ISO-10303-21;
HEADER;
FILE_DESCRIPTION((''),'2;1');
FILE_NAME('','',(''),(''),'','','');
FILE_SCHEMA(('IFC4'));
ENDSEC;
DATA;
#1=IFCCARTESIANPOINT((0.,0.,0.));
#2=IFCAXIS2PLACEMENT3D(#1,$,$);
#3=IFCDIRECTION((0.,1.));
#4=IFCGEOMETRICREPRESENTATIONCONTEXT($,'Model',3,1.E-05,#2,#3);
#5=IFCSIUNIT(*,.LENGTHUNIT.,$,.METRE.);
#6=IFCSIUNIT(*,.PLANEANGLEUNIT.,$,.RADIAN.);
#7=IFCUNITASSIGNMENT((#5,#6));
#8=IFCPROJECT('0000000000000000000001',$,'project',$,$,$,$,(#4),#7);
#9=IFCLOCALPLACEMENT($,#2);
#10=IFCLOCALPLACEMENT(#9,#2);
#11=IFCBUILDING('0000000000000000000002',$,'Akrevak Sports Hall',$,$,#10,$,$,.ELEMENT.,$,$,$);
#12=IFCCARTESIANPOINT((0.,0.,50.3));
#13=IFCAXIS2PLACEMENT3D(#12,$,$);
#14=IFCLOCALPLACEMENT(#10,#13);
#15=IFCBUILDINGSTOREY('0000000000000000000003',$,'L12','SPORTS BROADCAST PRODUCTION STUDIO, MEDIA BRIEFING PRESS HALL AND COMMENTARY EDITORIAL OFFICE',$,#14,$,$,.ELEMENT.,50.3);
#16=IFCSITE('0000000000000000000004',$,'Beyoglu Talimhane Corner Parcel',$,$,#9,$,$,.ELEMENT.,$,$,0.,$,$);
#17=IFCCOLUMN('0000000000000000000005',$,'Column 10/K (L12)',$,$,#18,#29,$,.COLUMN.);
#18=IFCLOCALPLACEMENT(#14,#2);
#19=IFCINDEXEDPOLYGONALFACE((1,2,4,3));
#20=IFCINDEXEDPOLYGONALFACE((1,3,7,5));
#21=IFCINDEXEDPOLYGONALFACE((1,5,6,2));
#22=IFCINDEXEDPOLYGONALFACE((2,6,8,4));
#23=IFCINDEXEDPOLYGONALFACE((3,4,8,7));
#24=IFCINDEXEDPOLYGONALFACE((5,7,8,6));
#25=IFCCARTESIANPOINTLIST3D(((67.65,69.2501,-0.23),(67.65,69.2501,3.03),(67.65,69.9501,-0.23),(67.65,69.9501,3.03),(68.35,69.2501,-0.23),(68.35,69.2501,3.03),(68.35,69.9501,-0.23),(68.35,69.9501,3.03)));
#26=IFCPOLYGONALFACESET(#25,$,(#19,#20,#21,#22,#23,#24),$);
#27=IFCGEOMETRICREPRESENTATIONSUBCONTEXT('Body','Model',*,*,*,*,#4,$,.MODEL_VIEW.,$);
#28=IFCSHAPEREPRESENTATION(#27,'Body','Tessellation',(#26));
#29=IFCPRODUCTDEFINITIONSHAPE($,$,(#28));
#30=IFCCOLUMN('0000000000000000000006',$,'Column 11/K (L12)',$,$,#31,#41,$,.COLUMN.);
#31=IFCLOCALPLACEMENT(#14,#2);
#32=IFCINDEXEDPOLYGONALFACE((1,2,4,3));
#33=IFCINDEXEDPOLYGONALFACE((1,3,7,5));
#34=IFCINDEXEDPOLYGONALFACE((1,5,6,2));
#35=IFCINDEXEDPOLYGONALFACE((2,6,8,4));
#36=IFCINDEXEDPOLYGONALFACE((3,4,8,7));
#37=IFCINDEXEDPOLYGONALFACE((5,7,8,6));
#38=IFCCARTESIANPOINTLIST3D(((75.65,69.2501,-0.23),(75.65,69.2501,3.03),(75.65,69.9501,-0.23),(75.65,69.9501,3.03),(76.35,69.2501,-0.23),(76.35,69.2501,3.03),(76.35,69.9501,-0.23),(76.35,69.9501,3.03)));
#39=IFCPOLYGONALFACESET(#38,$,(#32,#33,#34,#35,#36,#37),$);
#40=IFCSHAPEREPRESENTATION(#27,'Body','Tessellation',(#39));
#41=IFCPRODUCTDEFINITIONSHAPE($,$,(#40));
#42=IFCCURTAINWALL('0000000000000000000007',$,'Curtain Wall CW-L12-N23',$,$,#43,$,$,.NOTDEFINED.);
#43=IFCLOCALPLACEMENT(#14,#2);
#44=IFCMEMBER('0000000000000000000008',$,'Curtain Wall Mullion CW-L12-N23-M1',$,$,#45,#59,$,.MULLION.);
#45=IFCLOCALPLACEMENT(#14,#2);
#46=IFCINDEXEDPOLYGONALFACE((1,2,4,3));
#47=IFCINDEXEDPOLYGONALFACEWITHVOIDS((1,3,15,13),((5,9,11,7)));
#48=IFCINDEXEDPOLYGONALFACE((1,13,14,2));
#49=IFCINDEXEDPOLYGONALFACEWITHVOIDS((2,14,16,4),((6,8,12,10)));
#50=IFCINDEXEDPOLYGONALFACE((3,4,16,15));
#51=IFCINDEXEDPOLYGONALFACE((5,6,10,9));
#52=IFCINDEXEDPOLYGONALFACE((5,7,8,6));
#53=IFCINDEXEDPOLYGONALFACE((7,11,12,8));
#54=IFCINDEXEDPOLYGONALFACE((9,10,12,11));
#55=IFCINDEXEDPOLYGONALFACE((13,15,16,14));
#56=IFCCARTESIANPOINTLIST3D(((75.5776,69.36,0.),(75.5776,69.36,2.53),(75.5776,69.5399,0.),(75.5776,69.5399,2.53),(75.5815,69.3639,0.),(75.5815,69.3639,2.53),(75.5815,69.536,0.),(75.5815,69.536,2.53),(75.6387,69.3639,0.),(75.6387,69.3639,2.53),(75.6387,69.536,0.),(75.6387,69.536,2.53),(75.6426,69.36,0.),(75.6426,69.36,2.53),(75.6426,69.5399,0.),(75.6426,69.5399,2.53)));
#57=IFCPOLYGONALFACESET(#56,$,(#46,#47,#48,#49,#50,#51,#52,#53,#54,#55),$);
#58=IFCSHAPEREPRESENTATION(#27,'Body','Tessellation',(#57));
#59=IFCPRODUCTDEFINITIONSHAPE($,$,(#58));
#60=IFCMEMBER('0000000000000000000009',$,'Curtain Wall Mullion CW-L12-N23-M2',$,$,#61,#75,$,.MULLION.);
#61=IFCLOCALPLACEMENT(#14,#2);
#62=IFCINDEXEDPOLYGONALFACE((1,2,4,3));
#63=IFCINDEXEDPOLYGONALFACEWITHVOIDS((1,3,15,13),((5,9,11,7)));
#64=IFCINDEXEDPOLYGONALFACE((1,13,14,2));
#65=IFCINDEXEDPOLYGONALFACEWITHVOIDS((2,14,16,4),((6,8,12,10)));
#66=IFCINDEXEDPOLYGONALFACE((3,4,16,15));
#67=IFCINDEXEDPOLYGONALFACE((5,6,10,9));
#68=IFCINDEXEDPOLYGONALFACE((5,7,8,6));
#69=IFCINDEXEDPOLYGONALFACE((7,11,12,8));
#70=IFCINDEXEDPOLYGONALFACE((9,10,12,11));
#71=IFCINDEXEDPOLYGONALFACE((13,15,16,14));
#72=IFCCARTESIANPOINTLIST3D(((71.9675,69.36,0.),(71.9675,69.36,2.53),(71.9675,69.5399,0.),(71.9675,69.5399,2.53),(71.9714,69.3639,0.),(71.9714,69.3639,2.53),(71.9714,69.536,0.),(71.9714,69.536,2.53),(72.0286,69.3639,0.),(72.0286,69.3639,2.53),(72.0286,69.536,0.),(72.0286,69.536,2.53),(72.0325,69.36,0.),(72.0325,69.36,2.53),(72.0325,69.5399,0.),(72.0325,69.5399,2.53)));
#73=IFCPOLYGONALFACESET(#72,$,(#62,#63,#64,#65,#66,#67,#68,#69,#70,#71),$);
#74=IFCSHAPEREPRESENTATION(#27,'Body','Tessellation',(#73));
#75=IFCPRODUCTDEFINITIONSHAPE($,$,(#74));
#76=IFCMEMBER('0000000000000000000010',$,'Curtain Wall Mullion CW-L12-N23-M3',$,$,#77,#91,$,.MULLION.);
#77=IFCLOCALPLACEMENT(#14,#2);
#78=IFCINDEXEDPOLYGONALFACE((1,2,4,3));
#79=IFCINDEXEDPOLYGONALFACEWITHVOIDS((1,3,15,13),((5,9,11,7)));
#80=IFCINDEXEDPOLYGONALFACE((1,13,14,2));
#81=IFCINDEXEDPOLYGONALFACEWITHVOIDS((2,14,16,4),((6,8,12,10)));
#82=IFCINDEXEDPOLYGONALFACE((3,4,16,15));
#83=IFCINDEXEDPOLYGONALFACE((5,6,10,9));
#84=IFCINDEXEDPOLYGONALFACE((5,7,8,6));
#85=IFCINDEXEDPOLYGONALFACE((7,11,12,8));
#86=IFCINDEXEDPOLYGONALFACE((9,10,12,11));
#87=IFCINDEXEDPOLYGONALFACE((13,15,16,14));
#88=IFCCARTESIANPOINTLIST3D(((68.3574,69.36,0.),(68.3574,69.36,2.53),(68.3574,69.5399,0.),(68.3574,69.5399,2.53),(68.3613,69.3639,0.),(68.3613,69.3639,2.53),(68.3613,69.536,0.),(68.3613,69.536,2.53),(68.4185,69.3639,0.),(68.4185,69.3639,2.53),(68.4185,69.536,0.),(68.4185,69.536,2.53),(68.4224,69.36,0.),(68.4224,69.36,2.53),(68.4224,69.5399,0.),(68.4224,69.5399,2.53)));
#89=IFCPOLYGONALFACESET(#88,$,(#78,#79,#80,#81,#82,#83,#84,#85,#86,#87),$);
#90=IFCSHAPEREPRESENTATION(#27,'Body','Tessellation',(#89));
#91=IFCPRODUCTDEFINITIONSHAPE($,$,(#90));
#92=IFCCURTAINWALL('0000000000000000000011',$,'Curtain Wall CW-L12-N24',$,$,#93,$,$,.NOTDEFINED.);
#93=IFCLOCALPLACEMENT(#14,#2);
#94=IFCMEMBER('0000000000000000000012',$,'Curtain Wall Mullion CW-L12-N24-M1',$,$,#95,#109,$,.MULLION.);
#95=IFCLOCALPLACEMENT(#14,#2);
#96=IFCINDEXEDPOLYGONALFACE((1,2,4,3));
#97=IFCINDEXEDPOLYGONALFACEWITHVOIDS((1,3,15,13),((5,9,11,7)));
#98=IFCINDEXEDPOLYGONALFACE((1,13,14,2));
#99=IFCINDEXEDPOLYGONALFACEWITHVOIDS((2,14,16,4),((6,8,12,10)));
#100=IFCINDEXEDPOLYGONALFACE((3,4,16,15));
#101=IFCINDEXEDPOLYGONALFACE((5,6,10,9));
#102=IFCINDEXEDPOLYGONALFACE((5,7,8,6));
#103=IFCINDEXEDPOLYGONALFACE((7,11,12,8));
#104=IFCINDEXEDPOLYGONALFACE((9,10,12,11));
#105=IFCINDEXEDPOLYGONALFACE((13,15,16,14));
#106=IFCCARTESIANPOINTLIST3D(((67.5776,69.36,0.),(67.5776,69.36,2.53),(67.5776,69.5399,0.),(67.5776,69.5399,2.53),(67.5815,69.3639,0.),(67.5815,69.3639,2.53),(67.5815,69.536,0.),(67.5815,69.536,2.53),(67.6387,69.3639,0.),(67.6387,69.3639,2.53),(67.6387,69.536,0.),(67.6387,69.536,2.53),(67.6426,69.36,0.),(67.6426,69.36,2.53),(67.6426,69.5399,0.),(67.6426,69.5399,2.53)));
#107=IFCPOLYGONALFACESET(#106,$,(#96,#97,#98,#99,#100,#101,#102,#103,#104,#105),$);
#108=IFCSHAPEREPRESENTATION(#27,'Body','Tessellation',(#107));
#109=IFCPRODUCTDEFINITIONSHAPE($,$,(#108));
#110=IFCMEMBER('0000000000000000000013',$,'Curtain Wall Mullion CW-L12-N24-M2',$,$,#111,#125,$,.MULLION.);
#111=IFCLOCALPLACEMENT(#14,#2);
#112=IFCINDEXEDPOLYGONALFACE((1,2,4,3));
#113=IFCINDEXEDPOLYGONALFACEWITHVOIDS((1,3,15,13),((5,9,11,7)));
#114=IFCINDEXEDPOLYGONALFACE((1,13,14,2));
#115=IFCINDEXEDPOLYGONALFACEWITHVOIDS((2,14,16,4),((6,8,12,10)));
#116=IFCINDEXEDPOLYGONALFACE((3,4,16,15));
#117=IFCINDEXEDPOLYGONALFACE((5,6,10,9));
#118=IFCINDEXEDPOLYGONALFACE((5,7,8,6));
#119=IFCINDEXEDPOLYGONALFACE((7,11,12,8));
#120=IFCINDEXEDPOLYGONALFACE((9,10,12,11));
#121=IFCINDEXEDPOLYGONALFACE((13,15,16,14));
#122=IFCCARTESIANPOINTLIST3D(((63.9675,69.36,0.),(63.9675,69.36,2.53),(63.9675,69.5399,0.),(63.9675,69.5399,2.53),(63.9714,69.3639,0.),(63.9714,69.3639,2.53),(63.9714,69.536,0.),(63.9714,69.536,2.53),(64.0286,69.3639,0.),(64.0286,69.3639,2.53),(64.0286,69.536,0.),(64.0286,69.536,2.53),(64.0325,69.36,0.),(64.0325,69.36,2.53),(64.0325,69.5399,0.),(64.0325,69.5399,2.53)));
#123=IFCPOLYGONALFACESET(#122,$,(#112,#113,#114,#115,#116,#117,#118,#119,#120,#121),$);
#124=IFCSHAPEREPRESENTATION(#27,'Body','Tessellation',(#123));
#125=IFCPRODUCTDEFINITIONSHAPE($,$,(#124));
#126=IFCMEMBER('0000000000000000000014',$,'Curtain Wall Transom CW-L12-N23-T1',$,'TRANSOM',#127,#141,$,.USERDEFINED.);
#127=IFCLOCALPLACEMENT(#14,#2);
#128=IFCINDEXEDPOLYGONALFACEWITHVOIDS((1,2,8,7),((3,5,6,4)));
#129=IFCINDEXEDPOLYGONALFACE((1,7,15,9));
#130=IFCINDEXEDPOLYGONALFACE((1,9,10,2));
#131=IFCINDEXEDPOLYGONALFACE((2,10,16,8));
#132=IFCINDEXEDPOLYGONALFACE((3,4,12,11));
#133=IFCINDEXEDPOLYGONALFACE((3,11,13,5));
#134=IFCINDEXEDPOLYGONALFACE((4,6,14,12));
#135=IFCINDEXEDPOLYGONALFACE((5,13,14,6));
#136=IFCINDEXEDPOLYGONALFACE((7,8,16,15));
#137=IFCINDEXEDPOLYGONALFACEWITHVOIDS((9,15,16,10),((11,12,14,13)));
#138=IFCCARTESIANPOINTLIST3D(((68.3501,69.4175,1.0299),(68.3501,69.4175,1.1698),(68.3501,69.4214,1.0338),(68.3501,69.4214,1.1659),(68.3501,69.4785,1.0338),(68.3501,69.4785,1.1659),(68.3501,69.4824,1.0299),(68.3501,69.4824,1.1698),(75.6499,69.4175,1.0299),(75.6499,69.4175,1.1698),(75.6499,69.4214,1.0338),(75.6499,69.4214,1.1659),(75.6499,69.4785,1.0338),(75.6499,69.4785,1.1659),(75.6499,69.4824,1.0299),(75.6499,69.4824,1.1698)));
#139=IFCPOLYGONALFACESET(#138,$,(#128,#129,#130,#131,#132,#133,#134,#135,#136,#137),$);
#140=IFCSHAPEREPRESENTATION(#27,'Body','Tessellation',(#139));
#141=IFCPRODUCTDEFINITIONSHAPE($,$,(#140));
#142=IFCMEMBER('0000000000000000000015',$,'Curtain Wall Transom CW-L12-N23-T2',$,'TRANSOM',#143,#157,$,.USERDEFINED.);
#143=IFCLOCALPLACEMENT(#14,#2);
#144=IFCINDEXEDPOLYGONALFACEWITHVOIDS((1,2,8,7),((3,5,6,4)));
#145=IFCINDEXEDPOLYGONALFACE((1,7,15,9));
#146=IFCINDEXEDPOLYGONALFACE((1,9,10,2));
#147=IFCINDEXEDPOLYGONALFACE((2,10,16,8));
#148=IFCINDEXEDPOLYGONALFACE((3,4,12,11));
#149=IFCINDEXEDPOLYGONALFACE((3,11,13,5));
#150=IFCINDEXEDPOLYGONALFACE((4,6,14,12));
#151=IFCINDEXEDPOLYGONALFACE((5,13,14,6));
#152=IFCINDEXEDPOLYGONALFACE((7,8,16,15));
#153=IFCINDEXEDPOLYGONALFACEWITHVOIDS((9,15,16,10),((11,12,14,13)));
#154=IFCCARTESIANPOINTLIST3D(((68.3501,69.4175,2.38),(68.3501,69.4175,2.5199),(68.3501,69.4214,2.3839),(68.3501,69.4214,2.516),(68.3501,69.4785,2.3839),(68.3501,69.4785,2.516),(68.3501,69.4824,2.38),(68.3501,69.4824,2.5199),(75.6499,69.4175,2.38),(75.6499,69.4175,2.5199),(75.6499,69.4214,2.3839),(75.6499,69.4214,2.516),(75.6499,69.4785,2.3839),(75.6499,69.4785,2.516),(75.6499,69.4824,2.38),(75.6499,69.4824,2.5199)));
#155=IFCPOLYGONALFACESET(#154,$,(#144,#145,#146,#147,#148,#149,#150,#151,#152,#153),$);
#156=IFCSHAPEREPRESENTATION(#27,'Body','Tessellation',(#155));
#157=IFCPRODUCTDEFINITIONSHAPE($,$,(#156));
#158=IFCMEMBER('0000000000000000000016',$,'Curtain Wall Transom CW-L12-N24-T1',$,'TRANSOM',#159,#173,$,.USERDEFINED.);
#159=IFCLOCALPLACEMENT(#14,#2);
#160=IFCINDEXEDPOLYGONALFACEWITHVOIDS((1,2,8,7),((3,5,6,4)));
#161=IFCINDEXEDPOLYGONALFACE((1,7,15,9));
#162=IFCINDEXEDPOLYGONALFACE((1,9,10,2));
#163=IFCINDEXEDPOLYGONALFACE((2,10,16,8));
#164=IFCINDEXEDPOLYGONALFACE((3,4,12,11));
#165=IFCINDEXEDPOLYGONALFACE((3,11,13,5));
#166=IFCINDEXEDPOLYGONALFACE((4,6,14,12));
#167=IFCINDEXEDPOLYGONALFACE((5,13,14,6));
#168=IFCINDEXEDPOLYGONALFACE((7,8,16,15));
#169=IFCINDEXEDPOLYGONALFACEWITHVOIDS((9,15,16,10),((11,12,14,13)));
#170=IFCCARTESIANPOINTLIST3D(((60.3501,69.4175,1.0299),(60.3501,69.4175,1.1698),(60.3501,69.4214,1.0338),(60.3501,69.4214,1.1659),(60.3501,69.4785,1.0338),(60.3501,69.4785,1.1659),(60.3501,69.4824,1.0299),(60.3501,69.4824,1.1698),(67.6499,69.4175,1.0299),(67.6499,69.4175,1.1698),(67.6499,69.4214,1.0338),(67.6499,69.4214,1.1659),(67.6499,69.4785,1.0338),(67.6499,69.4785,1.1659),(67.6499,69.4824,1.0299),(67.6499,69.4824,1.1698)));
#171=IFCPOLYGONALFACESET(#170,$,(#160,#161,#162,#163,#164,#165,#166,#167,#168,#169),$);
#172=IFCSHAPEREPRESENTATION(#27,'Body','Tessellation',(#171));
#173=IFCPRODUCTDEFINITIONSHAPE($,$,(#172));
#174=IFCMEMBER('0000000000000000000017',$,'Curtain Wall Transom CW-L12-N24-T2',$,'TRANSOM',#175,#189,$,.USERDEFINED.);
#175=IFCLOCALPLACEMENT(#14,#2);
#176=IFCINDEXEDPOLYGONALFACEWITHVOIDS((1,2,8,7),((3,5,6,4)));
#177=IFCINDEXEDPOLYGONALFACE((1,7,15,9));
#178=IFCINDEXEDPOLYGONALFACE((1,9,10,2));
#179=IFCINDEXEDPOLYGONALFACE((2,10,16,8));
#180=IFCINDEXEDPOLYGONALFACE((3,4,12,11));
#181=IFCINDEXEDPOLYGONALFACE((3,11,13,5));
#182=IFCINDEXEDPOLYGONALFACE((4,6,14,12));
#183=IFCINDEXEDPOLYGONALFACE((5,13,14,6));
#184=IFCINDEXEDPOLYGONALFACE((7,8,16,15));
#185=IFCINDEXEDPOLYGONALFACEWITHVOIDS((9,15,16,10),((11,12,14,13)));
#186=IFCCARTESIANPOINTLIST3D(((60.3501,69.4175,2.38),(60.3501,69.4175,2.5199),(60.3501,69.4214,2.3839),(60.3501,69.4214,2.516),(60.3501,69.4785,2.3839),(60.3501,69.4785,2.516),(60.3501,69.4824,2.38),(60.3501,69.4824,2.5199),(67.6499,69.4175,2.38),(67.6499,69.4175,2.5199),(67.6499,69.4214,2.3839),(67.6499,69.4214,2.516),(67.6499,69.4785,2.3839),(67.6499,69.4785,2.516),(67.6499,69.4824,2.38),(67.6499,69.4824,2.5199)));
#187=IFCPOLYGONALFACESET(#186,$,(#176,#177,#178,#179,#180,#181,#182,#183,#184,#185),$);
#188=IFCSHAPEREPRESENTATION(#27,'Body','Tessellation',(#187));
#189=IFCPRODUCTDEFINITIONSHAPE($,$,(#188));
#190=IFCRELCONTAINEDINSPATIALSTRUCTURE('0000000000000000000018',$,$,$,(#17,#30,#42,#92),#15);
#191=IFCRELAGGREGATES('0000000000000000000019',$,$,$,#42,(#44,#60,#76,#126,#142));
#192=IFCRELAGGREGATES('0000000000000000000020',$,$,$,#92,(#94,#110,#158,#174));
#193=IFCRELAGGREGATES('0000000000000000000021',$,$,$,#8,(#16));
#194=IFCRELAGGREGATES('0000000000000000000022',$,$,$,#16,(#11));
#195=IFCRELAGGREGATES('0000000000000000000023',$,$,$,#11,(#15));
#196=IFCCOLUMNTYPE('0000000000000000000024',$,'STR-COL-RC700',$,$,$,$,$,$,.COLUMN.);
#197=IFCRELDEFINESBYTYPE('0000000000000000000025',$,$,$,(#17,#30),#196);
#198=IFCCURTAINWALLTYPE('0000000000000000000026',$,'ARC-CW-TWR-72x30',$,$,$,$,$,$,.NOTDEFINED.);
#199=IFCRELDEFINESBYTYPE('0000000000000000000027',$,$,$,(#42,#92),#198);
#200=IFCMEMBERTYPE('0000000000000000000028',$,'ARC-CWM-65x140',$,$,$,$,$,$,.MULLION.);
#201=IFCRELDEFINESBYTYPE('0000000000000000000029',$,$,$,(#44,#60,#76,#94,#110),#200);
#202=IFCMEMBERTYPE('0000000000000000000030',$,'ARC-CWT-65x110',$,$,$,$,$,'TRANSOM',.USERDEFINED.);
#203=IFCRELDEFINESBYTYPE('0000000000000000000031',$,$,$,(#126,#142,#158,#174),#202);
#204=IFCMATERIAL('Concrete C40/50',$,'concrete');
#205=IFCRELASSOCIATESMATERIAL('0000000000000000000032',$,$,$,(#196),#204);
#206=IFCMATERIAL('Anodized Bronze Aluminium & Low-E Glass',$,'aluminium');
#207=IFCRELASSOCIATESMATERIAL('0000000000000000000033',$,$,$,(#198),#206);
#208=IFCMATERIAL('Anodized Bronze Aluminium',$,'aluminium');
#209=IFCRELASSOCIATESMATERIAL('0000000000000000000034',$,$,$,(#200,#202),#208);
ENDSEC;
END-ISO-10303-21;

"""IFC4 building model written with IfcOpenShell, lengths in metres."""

from ifc_helpers import new_model, si_unit, direction, frame, origin, origin_2d, place, context, subcontext, project, spatial, rectangle, hollow_rectangle, extrude, material, material_profile, profile_set, type_object, element, aggregate, save


model = new_model("IFC4")

# Units and contexts
model_context = context("Model", 3, precision=1e-05, world=origin(), true_north=direction((0.0, 1.0)))
body_context = subcontext(model_context, "Body", "Model", "MODEL_VIEW")
ifc_project = project(units=[si_unit("LENGTHUNIT", "METRE"), si_unit("PLANEANGLEUNIT", "RADIAN")], contexts=[model_context])

# Site, building, storey
site_placement = place(None, origin())
site = spatial("IfcSite", under=ifc_project, at=site_placement, Name="Beyoglu Talimhane Corner Parcel", CompositionType="ELEMENT", RefElevation=0.0)
building_placement = place(site_placement, origin())
building = spatial("IfcBuilding", under=site, at=building_placement, Name="Akrevak Sports Hall", CompositionType="ELEMENT")
storey_placement = place(building_placement, frame((0.0, 0.0, 50.3)))
storey = spatial("IfcBuildingStorey", under=building, at=storey_placement, Name="L12", Description="SPORTS BROADCAST PRODUCTION STUDIO, MEDIA BRIEFING PRESS HALL AND COMMENTARY EDITORIAL OFFICE", CompositionType="ELEMENT", Elevation=50.3)

# Columns
ifc_material_1 = material(Name="Concrete C40/50", Category="concrete")
ifc_material_profile_1 = material_profile(ifc_material_1, rectangle(XDim=0.7, YDim=0.7, at=origin_2d()), Name="RC 700x700", Category="concrete")
ifc_profile_set_1 = profile_set([ifc_material_profile_1], Name="Concrete C40/50")
column_type = type_object("IfcColumnType", Name="STR-COL-RC700", PredefinedType="COLUMN", material=ifc_profile_set_1)
for number, where, z_axis, x_axis, name in (
    (1, (68.0, 69.6001, -0.23), (0.0, 0.0, 1.0), (1.0, 0.0, 0.0), "Column 10/K (L12)"),
    (2, (76.0, 69.6001, -0.23), (0.0, 0.0, 1.0), (1.0, 0.0, 0.0), "Column 11/K (L12)"),
):
    element("IfcColumn", number, at=place(storey_placement, frame(where, z_axis=z_axis, x_axis=x_axis)), inside=storey, type_object=column_type, Name=name, PredefinedType="COLUMN", context=body_context, shape_type="SweptSolid", body=[
        extrude(rectangle(XDim=0.7, YDim=0.7, at=origin_2d()), origin(), (0.0, 0.0, 1.0), 3.26),
    ])

# Curtain walls, members
ifc_material_2 = material(Name="Anodized Bronze Aluminium & Low-E Glass", Category="aluminium")
curtain_wall_type = type_object("IfcCurtainWallType", Name="ARC-CW-TWR-72x30", PredefinedType="NOTDEFINED", material=ifc_material_2)
curtain_wall_1_placement = place(storey_placement, origin())
curtain_wall_1 = element("IfcCurtainWall", 3, at=curtain_wall_1_placement, inside=storey, type_object=curtain_wall_type, Name="Curtain Wall CW-L12-N23", PredefinedType="NOTDEFINED")
ifc_material_3 = material(Name="Anodized Bronze Aluminium", Category="aluminium")
ifc_material_profile_2 = material_profile(ifc_material_3, hollow_rectangle(XDim=0.0649, YDim=0.1799, WallThickness=0.0039, at=origin_2d()), Name="CWM 65x180", Category="aluminium")
ifc_profile_set_2 = profile_set([ifc_material_profile_2], Name="Anodized Bronze Aluminium")
member_type_1 = type_object("IfcMemberType", Name="ARC-CWM-65x140", PredefinedType="MULLION", material=ifc_profile_set_2)
member_1_placement = place(storey_placement, frame((75.6101, 69.45, 0.0), z_axis=(0.0, 0.0, 1.0), x_axis=(-1.0, 0.0, 0.0)))
member_1 = element("IfcMember", 4, at=member_1_placement, type_object=member_type_1, Name="Curtain Wall Mullion CW-L12-N23-M1", PredefinedType="MULLION", context=body_context, shape_type="SweptSolid", body=[
    extrude(hollow_rectangle(XDim=0.0649, YDim=0.1799, WallThickness=0.0039, at=origin_2d()), origin(), (0.0, 0.0, 1.0), 2.53),
])
member_2_placement = place(storey_placement, frame((72.0, 69.45, 0.0), z_axis=(0.0, 0.0, 1.0), x_axis=(-1.0, 0.0, 0.0)))
member_2 = element("IfcMember", 5, at=member_2_placement, type_object=member_type_1, Name="Curtain Wall Mullion CW-L12-N23-M2", PredefinedType="MULLION", context=body_context, shape_type="SweptSolid", body=[
    extrude(hollow_rectangle(XDim=0.0649, YDim=0.1799, WallThickness=0.0039, at=origin_2d()), origin(), (0.0, 0.0, 1.0), 2.53),
])
member_3_placement = place(storey_placement, frame((68.3899, 69.45, 0.0), z_axis=(0.0, 0.0, 1.0), x_axis=(-1.0, 0.0, 0.0)))
member_3 = element("IfcMember", 6, at=member_3_placement, type_object=member_type_1, Name="Curtain Wall Mullion CW-L12-N23-M3", PredefinedType="MULLION", context=body_context, shape_type="SweptSolid", body=[
    extrude(hollow_rectangle(XDim=0.0649, YDim=0.1799, WallThickness=0.0039, at=origin_2d()), origin(), (0.0, 0.0, 1.0), 2.53),
])
curtain_wall_2_placement = place(storey_placement, origin())
curtain_wall_2 = element("IfcCurtainWall", 7, at=curtain_wall_2_placement, inside=storey, type_object=curtain_wall_type, Name="Curtain Wall CW-L12-N24", PredefinedType="NOTDEFINED")
member_4_placement = place(storey_placement, frame((67.6101, 69.45, 0.0), z_axis=(0.0, 0.0, 1.0), x_axis=(-1.0, 0.0, 0.0)))
member_4 = element("IfcMember", 8, at=member_4_placement, type_object=member_type_1, Name="Curtain Wall Mullion CW-L12-N24-M1", PredefinedType="MULLION", context=body_context, shape_type="SweptSolid", body=[
    extrude(hollow_rectangle(XDim=0.0649, YDim=0.1799, WallThickness=0.0039, at=origin_2d()), origin(), (0.0, 0.0, 1.0), 2.53),
])
member_5_placement = place(storey_placement, frame((64.0, 69.45, 0.0), z_axis=(0.0, 0.0, 1.0), x_axis=(-1.0, 0.0, 0.0)))
member_5 = element("IfcMember", 9, at=member_5_placement, type_object=member_type_1, Name="Curtain Wall Mullion CW-L12-N24-M2", PredefinedType="MULLION", context=body_context, shape_type="SweptSolid", body=[
    extrude(hollow_rectangle(XDim=0.0649, YDim=0.1799, WallThickness=0.0039, at=origin_2d()), origin(), (0.0, 0.0, 1.0), 2.53),
])

# Members
ifc_material_profile_3 = material_profile(ifc_material_3, hollow_rectangle(XDim=0.0649, YDim=0.1399, WallThickness=0.0039, at=origin_2d()), Name="CWT 65x140", Category="aluminium")
ifc_profile_set_3 = profile_set([ifc_material_profile_3], Name="Anodized Bronze Aluminium")
member_type_2 = type_object("IfcMemberType", Name="ARC-CWT-65x110", ElementType="TRANSOM", PredefinedType="USERDEFINED", material=ifc_profile_set_3)
member_6_placement = place(storey_placement, frame((75.6499, 69.45, 1.0999), z_axis=(-1.0, 0.0, 0.0), x_axis=(0.0, -1.0, 0.0)))
member_6 = element("IfcMember", 10, at=member_6_placement, type_object=member_type_2, Name="Curtain Wall Transom CW-L12-N23-T1", ObjectType="TRANSOM", PredefinedType="USERDEFINED", context=body_context, shape_type="SweptSolid", body=[
    extrude(hollow_rectangle(XDim=0.0649, YDim=0.1399, WallThickness=0.0039, at=origin_2d()), origin(), (0.0, 0.0, 1.0), 7.2998),
])
member_7_placement = place(storey_placement, frame((75.6499, 69.45, 2.45), z_axis=(-1.0, 0.0, 0.0), x_axis=(0.0, -1.0, 0.0)))
member_7 = element("IfcMember", 11, at=member_7_placement, type_object=member_type_2, Name="Curtain Wall Transom CW-L12-N23-T2", ObjectType="TRANSOM", PredefinedType="USERDEFINED", context=body_context, shape_type="SweptSolid", body=[
    extrude(hollow_rectangle(XDim=0.0649, YDim=0.1399, WallThickness=0.0039, at=origin_2d()), origin(), (0.0, 0.0, 1.0), 7.2998),
])
member_8_placement = place(storey_placement, frame((67.6499, 69.45, 1.0999), z_axis=(-1.0, 0.0, 0.0), x_axis=(0.0, -1.0, 0.0)))
member_8 = element("IfcMember", 12, at=member_8_placement, type_object=member_type_2, Name="Curtain Wall Transom CW-L12-N24-T1", ObjectType="TRANSOM", PredefinedType="USERDEFINED", context=body_context, shape_type="SweptSolid", body=[
    extrude(hollow_rectangle(XDim=0.0649, YDim=0.1399, WallThickness=0.0039, at=origin_2d()), origin(), (0.0, 0.0, 1.0), 7.2998),
])
member_9_placement = place(storey_placement, frame((67.6499, 69.45, 2.45), z_axis=(-1.0, 0.0, 0.0), x_axis=(0.0, -1.0, 0.0)))
member_9 = element("IfcMember", 13, at=member_9_placement, type_object=member_type_2, Name="Curtain Wall Transom CW-L12-N24-T2", ObjectType="TRANSOM", PredefinedType="USERDEFINED", context=body_context, shape_type="SweptSolid", body=[
    extrude(hollow_rectangle(XDim=0.0649, YDim=0.1399, WallThickness=0.0039, at=origin_2d()), origin(), (0.0, 0.0, 1.0), 7.2998),
])

aggregate(curtain_wall_1, [member_1, member_2, member_3, member_6, member_7])
aggregate(curtain_wall_2, [member_4, member_5, member_8, member_9])

save(model, "model.ifc")
